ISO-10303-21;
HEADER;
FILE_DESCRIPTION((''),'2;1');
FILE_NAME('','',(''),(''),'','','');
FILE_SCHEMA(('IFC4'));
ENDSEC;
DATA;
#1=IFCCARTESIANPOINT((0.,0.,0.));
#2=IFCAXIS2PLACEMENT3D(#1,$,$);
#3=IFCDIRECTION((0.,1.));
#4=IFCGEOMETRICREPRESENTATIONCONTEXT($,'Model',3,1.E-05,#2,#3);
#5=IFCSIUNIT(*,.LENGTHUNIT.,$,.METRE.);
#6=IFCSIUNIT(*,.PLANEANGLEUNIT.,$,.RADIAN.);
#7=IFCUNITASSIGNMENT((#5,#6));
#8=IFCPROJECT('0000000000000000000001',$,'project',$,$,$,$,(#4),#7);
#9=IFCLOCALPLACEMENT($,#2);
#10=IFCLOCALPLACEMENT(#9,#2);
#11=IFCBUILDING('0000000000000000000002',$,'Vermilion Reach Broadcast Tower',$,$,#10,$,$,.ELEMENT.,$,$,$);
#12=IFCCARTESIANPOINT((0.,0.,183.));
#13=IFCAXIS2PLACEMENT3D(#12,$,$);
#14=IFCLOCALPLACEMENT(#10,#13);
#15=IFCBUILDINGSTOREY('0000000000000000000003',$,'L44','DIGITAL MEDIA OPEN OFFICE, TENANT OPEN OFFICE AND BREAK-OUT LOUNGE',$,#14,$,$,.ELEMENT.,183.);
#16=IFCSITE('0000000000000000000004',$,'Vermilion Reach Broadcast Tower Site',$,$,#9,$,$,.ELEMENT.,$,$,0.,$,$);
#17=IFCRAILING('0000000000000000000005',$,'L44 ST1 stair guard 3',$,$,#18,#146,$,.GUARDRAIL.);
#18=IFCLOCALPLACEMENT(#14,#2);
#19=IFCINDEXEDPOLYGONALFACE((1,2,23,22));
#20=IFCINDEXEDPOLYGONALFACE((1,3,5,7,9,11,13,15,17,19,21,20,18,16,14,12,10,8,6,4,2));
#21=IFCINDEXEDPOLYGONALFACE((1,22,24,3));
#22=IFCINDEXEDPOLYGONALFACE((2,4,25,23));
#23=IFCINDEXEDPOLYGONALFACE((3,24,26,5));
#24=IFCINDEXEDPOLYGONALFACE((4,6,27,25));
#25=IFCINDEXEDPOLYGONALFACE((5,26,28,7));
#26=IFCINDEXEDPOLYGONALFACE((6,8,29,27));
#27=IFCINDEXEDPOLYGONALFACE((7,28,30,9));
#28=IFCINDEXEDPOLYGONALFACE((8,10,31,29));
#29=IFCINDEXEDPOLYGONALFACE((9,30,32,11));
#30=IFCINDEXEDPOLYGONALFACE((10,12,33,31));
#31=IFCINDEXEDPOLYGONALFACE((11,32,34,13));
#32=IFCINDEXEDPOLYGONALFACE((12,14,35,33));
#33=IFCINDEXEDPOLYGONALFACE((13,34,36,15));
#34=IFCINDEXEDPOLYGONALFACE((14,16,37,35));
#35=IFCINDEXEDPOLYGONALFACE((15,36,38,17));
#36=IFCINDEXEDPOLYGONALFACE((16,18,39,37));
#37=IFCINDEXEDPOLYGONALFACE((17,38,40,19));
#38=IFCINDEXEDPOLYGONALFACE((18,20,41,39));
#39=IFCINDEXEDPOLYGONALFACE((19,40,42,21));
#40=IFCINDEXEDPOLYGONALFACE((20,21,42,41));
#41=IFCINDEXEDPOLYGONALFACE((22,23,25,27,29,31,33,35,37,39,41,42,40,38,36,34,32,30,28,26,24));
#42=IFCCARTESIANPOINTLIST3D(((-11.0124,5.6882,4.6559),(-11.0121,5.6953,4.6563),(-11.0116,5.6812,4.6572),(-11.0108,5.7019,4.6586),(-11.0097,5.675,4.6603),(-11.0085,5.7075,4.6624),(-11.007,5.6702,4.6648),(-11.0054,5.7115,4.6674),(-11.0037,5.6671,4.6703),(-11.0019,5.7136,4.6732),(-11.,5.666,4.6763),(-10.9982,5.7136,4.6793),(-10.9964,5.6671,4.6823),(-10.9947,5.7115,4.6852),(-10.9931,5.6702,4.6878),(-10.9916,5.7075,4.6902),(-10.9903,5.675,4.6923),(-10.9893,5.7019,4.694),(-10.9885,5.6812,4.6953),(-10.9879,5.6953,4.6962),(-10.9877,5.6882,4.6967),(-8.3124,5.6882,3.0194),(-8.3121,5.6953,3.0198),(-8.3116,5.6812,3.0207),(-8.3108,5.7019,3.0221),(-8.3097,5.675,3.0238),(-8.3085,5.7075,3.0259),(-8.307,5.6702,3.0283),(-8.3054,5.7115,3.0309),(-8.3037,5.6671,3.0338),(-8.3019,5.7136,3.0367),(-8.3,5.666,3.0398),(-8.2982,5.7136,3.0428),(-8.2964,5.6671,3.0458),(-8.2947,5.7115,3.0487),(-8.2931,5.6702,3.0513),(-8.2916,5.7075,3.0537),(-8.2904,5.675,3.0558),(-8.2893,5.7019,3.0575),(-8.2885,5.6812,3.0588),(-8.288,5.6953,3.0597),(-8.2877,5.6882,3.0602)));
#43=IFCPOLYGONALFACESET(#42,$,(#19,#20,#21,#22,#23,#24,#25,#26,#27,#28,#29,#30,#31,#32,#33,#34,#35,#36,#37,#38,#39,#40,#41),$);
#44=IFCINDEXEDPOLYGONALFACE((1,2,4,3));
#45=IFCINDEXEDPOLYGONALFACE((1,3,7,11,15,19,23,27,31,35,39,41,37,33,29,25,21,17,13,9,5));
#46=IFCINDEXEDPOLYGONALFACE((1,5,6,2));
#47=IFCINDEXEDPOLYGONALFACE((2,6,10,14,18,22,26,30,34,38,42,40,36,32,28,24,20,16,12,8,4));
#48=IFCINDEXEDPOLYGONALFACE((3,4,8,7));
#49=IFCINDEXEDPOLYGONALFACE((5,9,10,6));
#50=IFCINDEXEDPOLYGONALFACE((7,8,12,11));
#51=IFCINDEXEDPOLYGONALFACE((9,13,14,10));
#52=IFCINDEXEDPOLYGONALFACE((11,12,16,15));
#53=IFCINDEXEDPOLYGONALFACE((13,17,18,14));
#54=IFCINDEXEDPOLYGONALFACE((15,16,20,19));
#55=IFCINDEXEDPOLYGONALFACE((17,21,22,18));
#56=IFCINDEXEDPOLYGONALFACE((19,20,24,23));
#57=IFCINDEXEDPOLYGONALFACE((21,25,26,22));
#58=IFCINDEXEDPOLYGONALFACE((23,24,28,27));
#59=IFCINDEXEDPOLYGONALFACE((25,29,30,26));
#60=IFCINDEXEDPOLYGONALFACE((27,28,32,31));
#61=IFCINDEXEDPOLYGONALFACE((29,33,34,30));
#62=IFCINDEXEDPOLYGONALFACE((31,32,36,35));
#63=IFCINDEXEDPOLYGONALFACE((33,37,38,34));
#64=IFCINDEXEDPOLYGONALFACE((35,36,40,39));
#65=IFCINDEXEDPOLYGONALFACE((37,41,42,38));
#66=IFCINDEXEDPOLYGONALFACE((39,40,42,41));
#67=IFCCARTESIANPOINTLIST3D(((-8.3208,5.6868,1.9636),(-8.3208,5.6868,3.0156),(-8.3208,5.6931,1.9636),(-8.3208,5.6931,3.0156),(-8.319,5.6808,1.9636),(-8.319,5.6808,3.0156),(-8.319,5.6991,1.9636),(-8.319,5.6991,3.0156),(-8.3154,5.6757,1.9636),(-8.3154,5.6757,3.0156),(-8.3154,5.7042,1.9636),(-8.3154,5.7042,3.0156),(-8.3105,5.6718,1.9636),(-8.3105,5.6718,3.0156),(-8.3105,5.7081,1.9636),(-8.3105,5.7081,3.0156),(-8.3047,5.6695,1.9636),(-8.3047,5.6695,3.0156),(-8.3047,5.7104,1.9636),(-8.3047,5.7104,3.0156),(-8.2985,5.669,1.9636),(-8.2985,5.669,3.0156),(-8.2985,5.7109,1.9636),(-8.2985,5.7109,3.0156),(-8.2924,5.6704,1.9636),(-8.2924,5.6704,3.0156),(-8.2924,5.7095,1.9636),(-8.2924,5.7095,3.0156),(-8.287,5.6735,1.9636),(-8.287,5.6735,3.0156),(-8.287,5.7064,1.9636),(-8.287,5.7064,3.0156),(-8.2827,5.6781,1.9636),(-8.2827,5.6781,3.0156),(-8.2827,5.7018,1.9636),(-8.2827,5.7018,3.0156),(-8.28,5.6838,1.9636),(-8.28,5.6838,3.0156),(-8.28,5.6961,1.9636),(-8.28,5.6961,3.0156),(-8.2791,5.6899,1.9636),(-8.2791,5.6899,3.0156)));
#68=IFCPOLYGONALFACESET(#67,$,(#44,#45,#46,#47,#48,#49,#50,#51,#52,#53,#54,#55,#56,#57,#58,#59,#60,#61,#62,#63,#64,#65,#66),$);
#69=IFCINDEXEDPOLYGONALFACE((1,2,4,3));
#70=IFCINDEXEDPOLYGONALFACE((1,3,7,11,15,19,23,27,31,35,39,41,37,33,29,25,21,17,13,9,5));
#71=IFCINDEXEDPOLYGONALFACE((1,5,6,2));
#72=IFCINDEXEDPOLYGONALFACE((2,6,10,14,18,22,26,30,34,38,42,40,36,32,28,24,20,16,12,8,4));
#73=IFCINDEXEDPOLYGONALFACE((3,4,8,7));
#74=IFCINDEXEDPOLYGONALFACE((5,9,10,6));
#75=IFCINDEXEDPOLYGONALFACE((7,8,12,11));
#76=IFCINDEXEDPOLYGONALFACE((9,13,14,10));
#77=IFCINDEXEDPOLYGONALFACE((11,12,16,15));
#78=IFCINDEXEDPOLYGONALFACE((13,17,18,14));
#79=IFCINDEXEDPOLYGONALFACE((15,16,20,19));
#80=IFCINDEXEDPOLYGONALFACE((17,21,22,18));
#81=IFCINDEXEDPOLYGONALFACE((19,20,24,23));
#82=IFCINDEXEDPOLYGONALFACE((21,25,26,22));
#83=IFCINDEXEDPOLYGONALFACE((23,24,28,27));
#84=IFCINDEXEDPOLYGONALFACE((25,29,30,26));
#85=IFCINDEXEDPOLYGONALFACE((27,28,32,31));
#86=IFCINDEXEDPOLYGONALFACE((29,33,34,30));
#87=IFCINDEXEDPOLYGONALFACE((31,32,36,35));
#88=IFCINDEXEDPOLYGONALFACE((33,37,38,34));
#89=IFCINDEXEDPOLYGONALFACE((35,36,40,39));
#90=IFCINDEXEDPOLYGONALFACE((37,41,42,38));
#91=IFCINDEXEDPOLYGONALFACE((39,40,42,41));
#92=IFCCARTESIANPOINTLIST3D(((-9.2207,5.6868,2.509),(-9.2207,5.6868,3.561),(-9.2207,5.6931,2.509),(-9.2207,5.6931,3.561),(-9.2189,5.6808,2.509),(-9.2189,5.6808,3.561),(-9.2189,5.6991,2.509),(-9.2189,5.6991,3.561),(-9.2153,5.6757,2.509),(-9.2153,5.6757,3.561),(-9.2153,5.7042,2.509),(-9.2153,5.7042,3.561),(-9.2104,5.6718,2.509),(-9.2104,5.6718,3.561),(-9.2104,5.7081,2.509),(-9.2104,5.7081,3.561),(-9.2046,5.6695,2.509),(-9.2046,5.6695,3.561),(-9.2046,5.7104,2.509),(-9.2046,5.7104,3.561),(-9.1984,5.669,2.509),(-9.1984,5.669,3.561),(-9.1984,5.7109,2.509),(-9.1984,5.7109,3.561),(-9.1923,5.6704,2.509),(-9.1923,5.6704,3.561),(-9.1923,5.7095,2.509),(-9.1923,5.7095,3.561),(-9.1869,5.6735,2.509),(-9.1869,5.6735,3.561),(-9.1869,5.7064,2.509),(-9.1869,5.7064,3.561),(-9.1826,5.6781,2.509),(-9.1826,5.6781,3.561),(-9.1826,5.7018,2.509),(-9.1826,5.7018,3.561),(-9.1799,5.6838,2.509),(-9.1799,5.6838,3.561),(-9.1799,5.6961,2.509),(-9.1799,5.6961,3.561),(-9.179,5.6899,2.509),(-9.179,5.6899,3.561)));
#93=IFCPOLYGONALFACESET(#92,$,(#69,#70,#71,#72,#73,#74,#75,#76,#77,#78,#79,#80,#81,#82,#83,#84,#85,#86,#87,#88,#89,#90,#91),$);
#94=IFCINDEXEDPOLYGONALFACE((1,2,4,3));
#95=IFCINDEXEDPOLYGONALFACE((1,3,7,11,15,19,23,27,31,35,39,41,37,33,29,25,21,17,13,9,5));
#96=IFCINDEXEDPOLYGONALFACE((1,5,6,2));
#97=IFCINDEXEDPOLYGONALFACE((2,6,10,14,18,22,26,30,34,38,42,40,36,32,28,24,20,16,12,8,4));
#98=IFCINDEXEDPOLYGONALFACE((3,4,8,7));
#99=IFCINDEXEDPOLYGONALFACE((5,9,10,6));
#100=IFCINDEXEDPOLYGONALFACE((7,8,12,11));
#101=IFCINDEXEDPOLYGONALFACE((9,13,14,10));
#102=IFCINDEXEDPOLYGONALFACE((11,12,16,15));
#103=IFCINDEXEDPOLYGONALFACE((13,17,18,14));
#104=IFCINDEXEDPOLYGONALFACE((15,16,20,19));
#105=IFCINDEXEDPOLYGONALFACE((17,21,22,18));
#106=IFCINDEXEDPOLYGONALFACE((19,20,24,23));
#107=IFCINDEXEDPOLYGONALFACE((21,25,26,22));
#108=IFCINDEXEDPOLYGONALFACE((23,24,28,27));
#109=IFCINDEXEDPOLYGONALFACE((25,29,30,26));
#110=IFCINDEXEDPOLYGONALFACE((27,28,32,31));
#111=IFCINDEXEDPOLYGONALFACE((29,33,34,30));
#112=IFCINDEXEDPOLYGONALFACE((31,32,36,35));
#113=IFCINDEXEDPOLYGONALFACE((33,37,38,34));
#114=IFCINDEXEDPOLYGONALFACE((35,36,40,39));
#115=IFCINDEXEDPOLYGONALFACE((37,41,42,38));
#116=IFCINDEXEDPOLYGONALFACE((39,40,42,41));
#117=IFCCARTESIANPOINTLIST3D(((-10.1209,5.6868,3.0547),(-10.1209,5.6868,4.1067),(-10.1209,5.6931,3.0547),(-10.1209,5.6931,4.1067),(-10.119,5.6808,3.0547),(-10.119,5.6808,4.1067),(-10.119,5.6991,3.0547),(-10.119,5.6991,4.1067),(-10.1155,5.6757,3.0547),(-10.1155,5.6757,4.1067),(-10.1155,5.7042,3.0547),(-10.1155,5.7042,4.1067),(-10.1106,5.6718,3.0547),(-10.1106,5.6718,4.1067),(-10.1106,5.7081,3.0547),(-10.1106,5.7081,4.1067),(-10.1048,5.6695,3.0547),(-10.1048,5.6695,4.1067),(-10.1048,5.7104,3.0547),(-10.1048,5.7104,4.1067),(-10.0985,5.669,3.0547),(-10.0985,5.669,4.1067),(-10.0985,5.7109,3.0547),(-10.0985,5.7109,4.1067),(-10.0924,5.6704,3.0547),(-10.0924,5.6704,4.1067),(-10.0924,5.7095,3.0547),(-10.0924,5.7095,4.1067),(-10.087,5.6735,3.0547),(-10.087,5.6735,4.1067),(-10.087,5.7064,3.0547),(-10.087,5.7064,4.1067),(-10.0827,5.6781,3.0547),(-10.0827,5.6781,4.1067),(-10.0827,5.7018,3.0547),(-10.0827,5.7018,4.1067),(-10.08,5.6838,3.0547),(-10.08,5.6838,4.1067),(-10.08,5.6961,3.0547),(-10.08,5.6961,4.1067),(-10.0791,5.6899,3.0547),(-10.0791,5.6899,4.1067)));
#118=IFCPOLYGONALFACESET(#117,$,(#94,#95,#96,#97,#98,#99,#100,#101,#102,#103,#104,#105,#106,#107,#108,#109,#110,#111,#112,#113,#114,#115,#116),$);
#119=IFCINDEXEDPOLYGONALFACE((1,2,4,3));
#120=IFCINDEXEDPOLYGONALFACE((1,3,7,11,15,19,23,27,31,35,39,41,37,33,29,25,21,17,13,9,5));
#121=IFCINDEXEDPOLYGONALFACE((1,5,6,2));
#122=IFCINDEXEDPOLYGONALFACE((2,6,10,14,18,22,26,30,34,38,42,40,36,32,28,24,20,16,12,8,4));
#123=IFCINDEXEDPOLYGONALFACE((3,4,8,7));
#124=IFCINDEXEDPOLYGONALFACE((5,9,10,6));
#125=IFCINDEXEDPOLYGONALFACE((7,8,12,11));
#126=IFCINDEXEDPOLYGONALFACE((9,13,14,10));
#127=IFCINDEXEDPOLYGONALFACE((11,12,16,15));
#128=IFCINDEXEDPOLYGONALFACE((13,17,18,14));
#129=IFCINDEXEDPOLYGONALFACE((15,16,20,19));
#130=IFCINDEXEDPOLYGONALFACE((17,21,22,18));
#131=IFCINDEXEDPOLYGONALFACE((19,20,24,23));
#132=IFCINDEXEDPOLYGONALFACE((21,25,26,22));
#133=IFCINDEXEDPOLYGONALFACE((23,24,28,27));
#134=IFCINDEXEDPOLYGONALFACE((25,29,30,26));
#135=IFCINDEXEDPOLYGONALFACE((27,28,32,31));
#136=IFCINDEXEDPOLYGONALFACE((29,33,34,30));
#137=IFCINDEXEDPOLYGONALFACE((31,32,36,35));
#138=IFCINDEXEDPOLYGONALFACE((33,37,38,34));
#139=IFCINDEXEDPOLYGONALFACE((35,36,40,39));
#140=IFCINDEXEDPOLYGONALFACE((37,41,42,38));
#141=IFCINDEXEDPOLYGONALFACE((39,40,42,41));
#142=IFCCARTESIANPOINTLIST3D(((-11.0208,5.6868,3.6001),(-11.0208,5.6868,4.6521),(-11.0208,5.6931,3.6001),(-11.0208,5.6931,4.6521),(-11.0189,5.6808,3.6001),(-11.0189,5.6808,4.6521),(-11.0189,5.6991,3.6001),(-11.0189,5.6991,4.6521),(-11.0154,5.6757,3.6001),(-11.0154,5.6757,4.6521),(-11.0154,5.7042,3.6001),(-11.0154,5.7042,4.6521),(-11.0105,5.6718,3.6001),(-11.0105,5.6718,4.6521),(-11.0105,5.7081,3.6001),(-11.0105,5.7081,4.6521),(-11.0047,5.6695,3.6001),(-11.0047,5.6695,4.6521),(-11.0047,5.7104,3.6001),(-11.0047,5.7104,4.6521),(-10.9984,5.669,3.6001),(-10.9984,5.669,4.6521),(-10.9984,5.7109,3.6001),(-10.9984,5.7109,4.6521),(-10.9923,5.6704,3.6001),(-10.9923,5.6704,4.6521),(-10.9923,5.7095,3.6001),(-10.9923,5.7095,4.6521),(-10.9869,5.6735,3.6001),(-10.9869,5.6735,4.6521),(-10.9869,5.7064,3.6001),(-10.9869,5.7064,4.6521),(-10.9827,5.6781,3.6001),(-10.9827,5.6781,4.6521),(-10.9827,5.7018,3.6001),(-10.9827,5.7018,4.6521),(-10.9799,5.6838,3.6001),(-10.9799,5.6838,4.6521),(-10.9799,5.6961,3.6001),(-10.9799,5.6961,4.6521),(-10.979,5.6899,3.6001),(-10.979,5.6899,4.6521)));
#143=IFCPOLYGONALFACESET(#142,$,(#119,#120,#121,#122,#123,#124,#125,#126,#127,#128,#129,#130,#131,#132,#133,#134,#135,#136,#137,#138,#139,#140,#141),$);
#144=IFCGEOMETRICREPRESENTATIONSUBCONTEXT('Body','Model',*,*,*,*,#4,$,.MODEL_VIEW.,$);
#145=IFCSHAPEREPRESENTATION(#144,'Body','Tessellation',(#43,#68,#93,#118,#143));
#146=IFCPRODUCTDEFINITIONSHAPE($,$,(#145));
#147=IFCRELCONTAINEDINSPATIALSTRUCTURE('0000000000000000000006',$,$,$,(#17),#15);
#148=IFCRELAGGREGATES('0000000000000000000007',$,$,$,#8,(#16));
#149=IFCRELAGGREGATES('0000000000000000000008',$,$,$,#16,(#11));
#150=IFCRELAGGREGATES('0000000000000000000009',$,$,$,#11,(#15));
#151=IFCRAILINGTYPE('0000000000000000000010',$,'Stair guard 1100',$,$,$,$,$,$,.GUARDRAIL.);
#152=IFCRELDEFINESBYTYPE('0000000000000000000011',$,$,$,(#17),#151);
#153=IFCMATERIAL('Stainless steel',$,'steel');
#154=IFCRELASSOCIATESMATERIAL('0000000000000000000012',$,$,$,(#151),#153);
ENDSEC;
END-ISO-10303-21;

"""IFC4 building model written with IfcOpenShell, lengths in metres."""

from ifc_helpers import new_model, si_unit, direction, frame, origin, origin_2d, place, context, subcontext, project, spatial, circle, extrude, material, type_object, element, save


model = new_model("IFC4")

# Units and contexts
model_context = context("Model", 3, precision=1e-05, world=origin(), true_north=direction((0.0, 1.0)))
body_context = subcontext(model_context, "Body", "Model", "MODEL_VIEW")
ifc_project = project(units=[si_unit("LENGTHUNIT", "METRE"), si_unit("PLANEANGLEUNIT", "RADIAN")], contexts=[model_context])

# Site, building, storey
site_placement = place(None, origin())
site = spatial("IfcSite", under=ifc_project, at=site_placement, Name="Vermilion Reach Broadcast Tower Site", CompositionType="ELEMENT", RefElevation=0.0)
building_placement = place(site_placement, origin())
building = spatial("IfcBuilding", under=site, at=building_placement, Name="Vermilion Reach Broadcast Tower", CompositionType="ELEMENT")
storey_placement = place(building_placement, frame((0.0, 0.0, 183.0)))
storey = spatial("IfcBuildingStorey", under=building, at=storey_placement, Name="L44", Description="DIGITAL MEDIA OPEN OFFICE, TENANT OPEN OFFICE AND BREAK-OUT LOUNGE", CompositionType="ELEMENT", Elevation=183.0)

# Railing
ifc_material_1 = material(Name="Stainless steel", Category="steel")
railing_type_1 = type_object("IfcRailingType", Name="Stair guard 1100", PredefinedType="GUARDRAIL", material=ifc_material_1)
railing_1_placement = place(storey_placement, frame((-8.3, 5.6899, 1.9636)))
element("IfcRailing", 1, at=railing_1_placement, inside=storey, type_object=railing_type_1, Name="L44 ST1 stair guard 3", PredefinedType="GUARDRAIL", context=body_context, shape_type="SweptSolid", body=[
    extrude(circle(Radius=0.0239, at=origin_2d()), frame((0.0, 0.0, 1.0762), z_axis=(-0.855178, 0.0, 0.518334), x_axis=(0.0, -1.0, 0.0)), (0.0, 0.0, 1.0), 3.1572),
    extrude(circle(Radius=0.021, at=origin_2d()), origin(), (0.0, 0.0, 1.0), 1.052),
    extrude(circle(Radius=0.021, at=origin_2d()), frame((-0.8999, 0.0, 0.5454)), (0.0, 0.0, 1.0), 1.052),
    extrude(circle(Radius=0.021, at=origin_2d()), frame((-1.8, 0.0, 1.0911)), (0.0, 0.0, 1.0), 1.052),
    extrude(circle(Radius=0.021, at=origin_2d()), frame((-2.7, 0.0, 1.6365)), (0.0, 0.0, 1.0), 1.052),
])

save(model, "model.ifc")
